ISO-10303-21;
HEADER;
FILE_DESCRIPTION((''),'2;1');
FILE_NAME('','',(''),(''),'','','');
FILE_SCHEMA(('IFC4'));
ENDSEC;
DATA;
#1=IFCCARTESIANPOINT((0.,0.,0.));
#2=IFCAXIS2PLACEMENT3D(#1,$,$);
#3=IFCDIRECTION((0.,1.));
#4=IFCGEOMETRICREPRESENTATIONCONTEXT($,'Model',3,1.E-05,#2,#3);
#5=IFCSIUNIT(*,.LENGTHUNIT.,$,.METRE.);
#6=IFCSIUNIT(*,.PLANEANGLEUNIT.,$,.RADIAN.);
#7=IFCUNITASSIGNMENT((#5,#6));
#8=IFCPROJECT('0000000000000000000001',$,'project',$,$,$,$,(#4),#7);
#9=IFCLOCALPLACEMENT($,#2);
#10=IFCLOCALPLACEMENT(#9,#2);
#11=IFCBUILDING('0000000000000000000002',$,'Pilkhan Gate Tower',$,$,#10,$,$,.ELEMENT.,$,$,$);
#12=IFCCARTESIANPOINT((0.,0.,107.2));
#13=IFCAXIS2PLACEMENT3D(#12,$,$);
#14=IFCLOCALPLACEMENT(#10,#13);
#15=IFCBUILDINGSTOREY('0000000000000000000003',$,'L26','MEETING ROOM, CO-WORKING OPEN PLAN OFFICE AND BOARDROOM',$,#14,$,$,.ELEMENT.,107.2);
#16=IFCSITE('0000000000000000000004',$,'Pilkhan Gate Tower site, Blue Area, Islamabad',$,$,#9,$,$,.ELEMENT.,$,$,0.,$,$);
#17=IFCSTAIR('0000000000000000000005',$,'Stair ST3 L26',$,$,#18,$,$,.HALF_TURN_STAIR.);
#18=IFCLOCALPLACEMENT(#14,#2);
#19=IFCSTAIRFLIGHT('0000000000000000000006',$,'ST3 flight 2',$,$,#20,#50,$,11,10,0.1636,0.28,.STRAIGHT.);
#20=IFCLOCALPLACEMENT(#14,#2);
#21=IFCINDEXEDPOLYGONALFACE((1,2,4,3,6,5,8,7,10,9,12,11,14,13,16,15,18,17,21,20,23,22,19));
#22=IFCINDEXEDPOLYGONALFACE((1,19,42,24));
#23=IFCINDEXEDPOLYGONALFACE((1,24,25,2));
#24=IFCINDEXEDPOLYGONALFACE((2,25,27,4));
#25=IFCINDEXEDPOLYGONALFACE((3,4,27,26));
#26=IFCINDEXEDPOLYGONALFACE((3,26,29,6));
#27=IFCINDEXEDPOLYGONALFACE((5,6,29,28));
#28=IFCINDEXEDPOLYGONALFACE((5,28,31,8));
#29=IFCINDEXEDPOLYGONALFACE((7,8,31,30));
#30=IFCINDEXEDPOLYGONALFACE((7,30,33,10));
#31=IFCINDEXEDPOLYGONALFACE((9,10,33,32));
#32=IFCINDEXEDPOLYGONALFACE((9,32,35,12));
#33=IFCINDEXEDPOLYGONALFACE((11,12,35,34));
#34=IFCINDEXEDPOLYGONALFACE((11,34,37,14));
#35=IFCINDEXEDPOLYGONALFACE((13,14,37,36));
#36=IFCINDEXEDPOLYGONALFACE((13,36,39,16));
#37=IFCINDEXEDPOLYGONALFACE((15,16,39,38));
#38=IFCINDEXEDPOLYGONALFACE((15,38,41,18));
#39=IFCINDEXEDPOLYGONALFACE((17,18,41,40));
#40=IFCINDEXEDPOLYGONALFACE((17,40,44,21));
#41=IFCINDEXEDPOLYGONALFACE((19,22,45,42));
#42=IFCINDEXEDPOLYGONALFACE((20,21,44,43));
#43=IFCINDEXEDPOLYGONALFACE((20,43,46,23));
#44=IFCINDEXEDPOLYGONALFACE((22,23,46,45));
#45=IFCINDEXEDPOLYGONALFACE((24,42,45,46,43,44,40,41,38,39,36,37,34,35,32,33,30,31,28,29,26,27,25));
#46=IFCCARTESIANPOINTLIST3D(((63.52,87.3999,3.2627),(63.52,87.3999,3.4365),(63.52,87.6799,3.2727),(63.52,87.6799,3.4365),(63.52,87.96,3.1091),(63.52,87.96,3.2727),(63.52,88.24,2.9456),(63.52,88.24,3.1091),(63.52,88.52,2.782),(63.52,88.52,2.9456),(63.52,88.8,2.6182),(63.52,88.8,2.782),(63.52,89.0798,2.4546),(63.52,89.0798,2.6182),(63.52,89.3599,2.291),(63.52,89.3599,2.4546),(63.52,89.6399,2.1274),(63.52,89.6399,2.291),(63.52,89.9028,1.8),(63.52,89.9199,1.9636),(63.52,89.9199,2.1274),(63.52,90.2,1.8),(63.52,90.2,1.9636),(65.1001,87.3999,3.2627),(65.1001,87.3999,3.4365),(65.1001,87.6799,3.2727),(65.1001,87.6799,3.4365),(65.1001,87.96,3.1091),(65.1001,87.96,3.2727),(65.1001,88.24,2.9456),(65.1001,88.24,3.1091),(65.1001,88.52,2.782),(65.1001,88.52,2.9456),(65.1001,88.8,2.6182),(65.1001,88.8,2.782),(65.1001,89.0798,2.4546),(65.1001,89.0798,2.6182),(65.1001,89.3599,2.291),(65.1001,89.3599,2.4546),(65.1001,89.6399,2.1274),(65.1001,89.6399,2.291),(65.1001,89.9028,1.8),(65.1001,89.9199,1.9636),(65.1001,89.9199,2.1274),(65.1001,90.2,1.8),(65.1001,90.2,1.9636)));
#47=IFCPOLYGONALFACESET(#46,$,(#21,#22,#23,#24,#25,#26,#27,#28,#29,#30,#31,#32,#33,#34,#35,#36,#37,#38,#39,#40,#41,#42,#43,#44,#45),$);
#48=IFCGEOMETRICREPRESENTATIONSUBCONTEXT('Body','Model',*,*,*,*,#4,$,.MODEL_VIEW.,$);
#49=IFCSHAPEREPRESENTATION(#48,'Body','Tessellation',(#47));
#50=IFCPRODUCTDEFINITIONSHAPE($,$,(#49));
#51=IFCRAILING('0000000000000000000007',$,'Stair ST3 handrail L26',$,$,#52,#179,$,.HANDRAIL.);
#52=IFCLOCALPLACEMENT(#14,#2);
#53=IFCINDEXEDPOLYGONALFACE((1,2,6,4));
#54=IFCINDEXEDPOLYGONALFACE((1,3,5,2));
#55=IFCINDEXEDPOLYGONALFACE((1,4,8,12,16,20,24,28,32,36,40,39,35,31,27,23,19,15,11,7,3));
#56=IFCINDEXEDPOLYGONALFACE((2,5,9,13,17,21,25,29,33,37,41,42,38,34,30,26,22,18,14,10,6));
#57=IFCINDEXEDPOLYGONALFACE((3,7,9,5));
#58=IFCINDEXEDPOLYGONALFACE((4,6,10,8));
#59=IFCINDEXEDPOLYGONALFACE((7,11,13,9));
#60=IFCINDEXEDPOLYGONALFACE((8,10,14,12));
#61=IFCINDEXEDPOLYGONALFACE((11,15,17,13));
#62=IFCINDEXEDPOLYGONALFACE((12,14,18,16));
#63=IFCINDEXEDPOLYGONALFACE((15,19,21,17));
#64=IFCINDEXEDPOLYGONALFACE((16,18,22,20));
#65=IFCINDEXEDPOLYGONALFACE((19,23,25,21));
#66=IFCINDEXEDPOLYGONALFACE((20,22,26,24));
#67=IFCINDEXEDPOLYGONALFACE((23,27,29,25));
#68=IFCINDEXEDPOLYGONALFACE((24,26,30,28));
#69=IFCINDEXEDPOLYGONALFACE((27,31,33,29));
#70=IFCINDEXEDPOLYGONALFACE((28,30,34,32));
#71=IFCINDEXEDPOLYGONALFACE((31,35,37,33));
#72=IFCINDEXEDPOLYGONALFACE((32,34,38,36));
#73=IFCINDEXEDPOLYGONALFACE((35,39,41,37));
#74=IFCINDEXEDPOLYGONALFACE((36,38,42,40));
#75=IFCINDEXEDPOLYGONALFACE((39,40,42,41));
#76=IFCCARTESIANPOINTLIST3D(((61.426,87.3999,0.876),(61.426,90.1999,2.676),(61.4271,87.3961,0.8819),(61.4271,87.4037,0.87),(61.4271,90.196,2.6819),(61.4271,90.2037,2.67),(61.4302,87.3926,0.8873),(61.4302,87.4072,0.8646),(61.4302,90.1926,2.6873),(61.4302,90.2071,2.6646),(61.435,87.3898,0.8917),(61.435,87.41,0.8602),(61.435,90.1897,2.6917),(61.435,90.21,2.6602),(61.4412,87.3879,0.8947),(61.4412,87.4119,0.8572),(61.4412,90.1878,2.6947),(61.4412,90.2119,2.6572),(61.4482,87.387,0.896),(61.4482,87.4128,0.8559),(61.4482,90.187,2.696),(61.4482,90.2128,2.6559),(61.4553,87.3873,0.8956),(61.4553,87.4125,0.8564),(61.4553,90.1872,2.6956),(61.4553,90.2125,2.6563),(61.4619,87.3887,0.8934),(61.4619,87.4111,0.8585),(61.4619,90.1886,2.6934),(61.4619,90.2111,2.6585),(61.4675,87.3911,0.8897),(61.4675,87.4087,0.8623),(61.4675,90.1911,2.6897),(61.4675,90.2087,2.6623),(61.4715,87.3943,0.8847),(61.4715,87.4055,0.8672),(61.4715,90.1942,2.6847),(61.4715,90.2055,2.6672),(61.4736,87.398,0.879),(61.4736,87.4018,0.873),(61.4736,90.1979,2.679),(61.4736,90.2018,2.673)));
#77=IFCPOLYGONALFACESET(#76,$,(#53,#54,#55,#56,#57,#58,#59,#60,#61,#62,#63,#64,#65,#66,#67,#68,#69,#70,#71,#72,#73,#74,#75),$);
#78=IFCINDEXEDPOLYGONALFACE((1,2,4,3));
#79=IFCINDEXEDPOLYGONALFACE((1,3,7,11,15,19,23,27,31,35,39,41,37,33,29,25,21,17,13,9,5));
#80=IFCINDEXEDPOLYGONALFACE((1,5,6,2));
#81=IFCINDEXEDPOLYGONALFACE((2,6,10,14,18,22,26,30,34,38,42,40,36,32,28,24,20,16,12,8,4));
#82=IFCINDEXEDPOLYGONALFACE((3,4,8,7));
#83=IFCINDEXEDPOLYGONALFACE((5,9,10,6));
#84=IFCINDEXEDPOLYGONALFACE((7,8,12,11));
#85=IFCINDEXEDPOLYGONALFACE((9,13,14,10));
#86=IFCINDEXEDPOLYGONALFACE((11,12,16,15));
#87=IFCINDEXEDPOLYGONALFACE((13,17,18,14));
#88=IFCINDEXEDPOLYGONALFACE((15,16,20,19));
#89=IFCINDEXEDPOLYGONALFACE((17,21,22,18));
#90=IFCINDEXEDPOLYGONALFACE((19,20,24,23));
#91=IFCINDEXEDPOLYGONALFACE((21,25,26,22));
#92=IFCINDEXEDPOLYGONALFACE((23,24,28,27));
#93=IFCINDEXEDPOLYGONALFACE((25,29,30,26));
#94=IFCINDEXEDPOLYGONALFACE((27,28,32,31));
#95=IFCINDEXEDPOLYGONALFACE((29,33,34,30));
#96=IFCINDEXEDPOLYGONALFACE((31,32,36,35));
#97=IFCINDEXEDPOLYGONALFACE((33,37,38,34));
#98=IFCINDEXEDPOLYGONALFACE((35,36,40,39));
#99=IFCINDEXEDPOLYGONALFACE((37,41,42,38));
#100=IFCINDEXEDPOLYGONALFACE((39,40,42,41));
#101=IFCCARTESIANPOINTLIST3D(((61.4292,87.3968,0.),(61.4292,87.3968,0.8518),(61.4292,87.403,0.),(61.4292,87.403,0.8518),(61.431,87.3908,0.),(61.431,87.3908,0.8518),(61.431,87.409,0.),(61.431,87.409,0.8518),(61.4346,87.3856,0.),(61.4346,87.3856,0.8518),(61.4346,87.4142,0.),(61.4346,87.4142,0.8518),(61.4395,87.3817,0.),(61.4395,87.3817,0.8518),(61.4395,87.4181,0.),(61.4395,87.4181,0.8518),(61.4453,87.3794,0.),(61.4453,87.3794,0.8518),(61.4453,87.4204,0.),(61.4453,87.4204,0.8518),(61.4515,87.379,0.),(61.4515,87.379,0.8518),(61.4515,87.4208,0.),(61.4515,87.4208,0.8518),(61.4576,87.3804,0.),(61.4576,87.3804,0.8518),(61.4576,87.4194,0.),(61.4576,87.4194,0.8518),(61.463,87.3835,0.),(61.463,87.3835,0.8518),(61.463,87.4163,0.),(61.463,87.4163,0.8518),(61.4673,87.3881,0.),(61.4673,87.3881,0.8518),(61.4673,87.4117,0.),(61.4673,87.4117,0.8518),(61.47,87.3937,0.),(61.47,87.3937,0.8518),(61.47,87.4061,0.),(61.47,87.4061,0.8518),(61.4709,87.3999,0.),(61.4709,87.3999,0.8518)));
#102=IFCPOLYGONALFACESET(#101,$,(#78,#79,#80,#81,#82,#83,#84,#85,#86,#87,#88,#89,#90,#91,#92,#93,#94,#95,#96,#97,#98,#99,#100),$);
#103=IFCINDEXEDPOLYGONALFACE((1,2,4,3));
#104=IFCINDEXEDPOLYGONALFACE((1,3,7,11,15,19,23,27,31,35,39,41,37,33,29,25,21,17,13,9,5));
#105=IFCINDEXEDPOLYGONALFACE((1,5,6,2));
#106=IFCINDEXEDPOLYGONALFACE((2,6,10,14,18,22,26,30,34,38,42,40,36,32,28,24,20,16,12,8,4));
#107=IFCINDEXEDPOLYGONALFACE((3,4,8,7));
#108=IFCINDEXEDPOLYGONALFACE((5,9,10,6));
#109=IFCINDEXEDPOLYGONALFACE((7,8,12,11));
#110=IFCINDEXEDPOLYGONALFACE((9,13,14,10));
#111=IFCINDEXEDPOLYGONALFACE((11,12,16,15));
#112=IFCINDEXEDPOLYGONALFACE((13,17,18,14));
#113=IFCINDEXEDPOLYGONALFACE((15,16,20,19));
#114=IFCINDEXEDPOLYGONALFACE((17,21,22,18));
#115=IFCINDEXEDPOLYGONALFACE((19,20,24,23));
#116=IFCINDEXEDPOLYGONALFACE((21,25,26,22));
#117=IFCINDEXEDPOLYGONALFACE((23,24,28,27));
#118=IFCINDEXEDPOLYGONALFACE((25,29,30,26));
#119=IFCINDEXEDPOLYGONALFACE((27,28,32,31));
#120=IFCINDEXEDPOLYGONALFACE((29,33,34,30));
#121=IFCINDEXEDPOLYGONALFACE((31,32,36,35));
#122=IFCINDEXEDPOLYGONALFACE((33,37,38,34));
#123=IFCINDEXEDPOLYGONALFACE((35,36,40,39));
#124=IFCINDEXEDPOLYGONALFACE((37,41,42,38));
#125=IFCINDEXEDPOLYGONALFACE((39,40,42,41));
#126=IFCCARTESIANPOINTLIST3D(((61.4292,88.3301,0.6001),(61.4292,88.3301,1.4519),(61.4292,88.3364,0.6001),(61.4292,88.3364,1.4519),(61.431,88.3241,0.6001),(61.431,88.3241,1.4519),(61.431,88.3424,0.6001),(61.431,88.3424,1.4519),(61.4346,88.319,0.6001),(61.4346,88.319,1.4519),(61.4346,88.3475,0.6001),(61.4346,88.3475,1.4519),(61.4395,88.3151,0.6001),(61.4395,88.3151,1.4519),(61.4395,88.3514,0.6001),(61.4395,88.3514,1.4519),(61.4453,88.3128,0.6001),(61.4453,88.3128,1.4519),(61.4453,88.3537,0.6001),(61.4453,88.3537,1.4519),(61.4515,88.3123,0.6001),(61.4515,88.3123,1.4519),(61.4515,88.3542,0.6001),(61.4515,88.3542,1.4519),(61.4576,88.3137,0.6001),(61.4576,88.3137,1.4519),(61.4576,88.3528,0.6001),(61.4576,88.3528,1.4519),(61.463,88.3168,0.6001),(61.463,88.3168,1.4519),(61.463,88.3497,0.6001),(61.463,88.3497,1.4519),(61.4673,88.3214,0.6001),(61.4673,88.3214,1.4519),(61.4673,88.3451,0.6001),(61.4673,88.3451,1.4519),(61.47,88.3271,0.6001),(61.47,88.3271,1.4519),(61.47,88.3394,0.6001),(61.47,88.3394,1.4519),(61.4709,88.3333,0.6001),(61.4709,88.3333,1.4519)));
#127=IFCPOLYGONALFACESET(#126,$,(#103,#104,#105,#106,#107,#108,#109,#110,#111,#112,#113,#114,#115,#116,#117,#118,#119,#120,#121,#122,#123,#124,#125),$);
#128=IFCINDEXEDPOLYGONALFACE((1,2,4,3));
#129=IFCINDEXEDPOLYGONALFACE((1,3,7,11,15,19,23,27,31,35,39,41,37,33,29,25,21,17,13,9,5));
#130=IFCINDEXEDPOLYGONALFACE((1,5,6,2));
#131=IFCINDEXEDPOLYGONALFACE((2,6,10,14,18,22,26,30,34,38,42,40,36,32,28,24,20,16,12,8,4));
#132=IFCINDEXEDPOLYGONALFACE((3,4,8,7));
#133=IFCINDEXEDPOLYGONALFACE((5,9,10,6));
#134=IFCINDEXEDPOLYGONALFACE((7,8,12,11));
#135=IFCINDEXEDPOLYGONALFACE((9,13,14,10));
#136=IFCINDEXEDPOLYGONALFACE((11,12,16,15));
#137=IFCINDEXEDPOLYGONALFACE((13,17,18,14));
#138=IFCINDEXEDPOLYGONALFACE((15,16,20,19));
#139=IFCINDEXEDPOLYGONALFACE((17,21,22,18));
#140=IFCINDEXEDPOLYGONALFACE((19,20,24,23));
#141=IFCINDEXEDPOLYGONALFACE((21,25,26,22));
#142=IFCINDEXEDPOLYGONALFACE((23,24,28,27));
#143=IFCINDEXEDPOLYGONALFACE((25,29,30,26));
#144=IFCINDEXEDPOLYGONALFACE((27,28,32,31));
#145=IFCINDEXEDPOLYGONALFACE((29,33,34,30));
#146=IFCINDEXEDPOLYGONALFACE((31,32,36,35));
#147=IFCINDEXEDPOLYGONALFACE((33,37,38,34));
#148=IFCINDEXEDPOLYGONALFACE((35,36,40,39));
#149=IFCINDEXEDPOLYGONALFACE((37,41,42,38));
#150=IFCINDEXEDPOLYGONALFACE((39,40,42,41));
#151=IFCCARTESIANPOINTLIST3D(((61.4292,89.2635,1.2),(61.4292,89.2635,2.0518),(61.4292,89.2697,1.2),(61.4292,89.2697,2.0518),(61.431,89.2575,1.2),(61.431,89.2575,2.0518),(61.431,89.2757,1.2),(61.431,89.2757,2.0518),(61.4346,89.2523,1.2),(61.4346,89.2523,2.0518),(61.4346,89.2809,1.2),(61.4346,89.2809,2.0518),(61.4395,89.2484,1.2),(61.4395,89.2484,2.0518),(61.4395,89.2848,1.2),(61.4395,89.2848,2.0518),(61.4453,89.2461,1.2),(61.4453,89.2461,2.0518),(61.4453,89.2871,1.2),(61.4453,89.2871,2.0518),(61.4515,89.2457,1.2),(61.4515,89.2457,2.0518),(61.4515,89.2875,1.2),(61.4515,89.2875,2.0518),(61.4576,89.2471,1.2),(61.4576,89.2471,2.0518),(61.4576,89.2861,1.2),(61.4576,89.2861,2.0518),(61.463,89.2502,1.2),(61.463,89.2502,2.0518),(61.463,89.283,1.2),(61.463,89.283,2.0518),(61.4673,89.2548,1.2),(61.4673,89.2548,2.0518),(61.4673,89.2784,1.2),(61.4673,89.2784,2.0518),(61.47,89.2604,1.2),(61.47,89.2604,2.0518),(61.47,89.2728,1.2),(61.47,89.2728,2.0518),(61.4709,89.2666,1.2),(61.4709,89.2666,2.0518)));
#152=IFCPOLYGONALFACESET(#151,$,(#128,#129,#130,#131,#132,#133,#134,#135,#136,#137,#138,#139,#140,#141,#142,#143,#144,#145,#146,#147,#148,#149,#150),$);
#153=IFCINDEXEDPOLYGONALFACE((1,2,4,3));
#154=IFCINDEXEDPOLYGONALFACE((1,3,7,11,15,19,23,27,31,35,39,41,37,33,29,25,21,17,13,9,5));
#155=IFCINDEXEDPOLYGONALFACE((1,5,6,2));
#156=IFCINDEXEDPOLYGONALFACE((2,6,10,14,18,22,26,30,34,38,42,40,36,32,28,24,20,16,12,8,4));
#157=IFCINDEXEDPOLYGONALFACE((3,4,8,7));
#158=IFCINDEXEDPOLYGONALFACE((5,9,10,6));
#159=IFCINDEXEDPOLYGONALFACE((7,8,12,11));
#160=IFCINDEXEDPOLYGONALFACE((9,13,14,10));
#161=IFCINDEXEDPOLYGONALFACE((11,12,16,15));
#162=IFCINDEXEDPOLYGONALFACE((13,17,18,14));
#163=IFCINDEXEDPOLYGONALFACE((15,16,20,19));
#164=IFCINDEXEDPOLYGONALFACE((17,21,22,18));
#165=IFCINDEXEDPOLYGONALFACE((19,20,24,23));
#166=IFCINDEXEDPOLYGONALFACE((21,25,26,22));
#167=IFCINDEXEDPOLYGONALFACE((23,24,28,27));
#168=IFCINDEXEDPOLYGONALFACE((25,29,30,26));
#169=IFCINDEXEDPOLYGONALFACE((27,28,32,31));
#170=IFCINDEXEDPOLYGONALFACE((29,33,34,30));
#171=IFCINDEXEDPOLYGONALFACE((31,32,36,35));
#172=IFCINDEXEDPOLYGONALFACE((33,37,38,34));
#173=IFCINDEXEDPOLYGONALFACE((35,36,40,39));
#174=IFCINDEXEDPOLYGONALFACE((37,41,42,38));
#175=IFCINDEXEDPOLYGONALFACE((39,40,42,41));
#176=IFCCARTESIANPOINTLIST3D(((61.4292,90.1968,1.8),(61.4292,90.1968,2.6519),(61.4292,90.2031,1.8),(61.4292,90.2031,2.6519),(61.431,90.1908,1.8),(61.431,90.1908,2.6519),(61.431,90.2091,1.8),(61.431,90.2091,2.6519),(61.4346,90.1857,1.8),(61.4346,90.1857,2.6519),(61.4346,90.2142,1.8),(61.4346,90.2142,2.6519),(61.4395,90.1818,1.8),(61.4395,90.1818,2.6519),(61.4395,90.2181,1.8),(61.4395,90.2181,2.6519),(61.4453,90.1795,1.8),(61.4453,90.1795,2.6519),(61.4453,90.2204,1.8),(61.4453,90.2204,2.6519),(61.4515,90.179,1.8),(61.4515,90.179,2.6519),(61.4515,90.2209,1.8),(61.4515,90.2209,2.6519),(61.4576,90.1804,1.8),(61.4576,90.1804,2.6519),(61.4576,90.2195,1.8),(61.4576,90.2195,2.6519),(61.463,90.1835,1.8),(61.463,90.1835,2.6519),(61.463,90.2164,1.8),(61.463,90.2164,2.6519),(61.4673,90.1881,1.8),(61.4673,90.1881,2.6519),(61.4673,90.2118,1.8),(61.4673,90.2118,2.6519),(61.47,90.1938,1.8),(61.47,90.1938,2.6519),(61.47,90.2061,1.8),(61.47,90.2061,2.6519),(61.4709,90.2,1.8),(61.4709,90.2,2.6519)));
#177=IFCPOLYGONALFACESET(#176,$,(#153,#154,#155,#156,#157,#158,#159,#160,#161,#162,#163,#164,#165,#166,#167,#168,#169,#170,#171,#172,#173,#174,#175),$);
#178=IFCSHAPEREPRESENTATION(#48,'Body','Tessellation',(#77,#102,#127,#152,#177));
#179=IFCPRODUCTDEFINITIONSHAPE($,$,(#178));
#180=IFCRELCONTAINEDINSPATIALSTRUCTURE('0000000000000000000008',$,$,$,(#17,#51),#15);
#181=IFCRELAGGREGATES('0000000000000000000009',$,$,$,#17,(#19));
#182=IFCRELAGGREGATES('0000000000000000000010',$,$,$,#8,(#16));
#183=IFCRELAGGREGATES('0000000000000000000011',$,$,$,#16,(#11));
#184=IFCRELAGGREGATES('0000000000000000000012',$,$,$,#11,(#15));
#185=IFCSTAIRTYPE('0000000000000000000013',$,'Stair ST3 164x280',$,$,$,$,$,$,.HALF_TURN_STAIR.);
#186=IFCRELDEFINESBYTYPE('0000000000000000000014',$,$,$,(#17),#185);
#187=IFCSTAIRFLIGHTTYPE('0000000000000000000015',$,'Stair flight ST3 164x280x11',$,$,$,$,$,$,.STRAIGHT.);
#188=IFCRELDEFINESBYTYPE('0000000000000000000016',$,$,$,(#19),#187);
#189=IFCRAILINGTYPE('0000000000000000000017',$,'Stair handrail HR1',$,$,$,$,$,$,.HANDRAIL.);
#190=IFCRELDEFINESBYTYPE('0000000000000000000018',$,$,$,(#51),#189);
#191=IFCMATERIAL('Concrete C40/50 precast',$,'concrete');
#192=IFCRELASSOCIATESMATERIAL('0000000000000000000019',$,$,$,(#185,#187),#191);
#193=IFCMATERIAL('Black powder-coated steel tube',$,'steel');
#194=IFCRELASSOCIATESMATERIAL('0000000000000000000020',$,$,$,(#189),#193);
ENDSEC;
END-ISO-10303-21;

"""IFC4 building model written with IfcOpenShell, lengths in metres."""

from ifc_helpers import new_model, si_unit, direction, frame, origin, origin_2d, place, context, subcontext, project, spatial, polyline, circle, outline, extrude, material, type_object, element, aggregate, save


model = new_model("IFC4")

# Units and contexts
model_context = context("Model", 3, precision=1e-05, world=origin(), true_north=direction((0.0, 1.0)))
body_context = subcontext(model_context, "Body", "Model", "MODEL_VIEW")
ifc_project = project(units=[si_unit("LENGTHUNIT", "METRE"), si_unit("PLANEANGLEUNIT", "RADIAN")], contexts=[model_context])

# Site, building, storey
site_placement = place(None, origin())
site = spatial("IfcSite", under=ifc_project, at=site_placement, Name="Pilkhan Gate Tower site, Blue Area, Islamabad", CompositionType="ELEMENT", RefElevation=0.0)
building_placement = place(site_placement, origin())
building = spatial("IfcBuilding", under=site, at=building_placement, Name="Pilkhan Gate Tower", CompositionType="ELEMENT")
storey_placement = place(building_placement, frame((0.0, 0.0, 107.2)))
storey = spatial("IfcBuildingStorey", under=building, at=storey_placement, Name="L26", Description="MEETING ROOM, CO-WORKING OPEN PLAN OFFICE AND BOARDROOM", CompositionType="ELEMENT", Elevation=107.2)

# Stair, stair flight
ifc_material_1 = material(Name="Concrete C40/50 precast", Category="concrete")
stair_type = type_object("IfcStairType", Name="Stair ST3 164x280", PredefinedType="HALF_TURN_STAIR", material=ifc_material_1)
stair_placement = place(storey_placement, origin())
stair = element("IfcStair", 1, at=stair_placement, inside=storey, type_object=stair_type, Name="Stair ST3 L26", PredefinedType="HALF_TURN_STAIR")
stair_flight_type = type_object("IfcStairFlightType", Name="Stair flight ST3 164x280x11", PredefinedType="STRAIGHT", material=ifc_material_1)
stair_flight_1_placement = place(storey_placement, frame((64.3101, 90.2, 1.8), z_axis=(0.0, 0.0, 1.0), x_axis=(0.0, -1.0, 0.0)))
stair_flight_1 = element("IfcStairFlight", 2, at=stair_flight_1_placement, type_object=stair_flight_type, Name="ST3 flight 2", NumberOfRisers=11, NumberOfTreads=10, PredefinedType="STRAIGHT", RiserHeight=0.1636, TreadLength=0.28, context=body_context, shape_type="SweptSolid", body=[
    extrude(outline(polyline([(0.0, 0.0), (0.0, 0.1636), (0.28, 0.1636), (0.28, 0.3274), (0.5601, 0.3274), (0.5601, 0.491), (0.8401, 0.491), (0.8401, 0.6545), (1.1201, 0.6545), (1.1201, 0.8181), (1.3999, 0.8181), (1.3999, 0.9819), (1.6799, 0.9819), (1.6799, 1.1455), (1.96, 1.1455), (1.96, 1.3091), (2.24, 1.3091), (2.24, 1.4727), (2.52, 1.4727), (2.52, 1.6365), (2.8, 1.6365), (2.8, 1.8), (2.8, 1.4626), (0.2971, 0.0), (0.0, 0.0)])), frame((0.0, 0.79, 0.0), z_axis=(0.0, -1.0, 0.0), x_axis=(1.0, 0.0, 0.0)), (0.0, 0.0, 1.0), 1.5801),
])
aggregate(stair, [stair_flight_1])

# Railing
ifc_material_2 = material(Name="Black powder-coated steel tube", Category="steel")
railing_type_1 = type_object("IfcRailingType", Name="Stair handrail HR1", PredefinedType="HANDRAIL", material=ifc_material_2)
railing_1_placement = place(storey_placement, frame((61.45, 87.3999, 0.0)))
element("IfcRailing", 3, at=railing_1_placement, inside=storey, type_object=railing_type_1, Name="Stair ST3 handrail L26", PredefinedType="HANDRAIL", context=body_context, shape_type="SweptSolid", body=[
    extrude(circle(Radius=0.0239, at=origin_2d()), frame((0.0, 0.0, 0.876), z_axis=(0.0, 0.841176, 0.540761), x_axis=(-1.0, 0.0, 0.0)), (0.0, 0.0, 1.0), 3.3286),
    extrude(circle(Radius=0.021, at=origin_2d()), origin(), (0.0, 0.0, 1.0), 0.8518),
    extrude(circle(Radius=0.021, at=origin_2d()), frame((0.0, 0.9333, 0.6001)), (0.0, 0.0, 1.0), 0.8518),
    extrude(circle(Radius=0.021, at=origin_2d()), frame((0.0, 1.8667, 1.2)), (0.0, 0.0, 1.0), 0.8518),
    extrude(circle(Radius=0.021, at=origin_2d()), frame((0.0, 2.8, 1.8)), (0.0, 0.0, 1.0), 0.8518),
])

save(model, "model.ifc")
